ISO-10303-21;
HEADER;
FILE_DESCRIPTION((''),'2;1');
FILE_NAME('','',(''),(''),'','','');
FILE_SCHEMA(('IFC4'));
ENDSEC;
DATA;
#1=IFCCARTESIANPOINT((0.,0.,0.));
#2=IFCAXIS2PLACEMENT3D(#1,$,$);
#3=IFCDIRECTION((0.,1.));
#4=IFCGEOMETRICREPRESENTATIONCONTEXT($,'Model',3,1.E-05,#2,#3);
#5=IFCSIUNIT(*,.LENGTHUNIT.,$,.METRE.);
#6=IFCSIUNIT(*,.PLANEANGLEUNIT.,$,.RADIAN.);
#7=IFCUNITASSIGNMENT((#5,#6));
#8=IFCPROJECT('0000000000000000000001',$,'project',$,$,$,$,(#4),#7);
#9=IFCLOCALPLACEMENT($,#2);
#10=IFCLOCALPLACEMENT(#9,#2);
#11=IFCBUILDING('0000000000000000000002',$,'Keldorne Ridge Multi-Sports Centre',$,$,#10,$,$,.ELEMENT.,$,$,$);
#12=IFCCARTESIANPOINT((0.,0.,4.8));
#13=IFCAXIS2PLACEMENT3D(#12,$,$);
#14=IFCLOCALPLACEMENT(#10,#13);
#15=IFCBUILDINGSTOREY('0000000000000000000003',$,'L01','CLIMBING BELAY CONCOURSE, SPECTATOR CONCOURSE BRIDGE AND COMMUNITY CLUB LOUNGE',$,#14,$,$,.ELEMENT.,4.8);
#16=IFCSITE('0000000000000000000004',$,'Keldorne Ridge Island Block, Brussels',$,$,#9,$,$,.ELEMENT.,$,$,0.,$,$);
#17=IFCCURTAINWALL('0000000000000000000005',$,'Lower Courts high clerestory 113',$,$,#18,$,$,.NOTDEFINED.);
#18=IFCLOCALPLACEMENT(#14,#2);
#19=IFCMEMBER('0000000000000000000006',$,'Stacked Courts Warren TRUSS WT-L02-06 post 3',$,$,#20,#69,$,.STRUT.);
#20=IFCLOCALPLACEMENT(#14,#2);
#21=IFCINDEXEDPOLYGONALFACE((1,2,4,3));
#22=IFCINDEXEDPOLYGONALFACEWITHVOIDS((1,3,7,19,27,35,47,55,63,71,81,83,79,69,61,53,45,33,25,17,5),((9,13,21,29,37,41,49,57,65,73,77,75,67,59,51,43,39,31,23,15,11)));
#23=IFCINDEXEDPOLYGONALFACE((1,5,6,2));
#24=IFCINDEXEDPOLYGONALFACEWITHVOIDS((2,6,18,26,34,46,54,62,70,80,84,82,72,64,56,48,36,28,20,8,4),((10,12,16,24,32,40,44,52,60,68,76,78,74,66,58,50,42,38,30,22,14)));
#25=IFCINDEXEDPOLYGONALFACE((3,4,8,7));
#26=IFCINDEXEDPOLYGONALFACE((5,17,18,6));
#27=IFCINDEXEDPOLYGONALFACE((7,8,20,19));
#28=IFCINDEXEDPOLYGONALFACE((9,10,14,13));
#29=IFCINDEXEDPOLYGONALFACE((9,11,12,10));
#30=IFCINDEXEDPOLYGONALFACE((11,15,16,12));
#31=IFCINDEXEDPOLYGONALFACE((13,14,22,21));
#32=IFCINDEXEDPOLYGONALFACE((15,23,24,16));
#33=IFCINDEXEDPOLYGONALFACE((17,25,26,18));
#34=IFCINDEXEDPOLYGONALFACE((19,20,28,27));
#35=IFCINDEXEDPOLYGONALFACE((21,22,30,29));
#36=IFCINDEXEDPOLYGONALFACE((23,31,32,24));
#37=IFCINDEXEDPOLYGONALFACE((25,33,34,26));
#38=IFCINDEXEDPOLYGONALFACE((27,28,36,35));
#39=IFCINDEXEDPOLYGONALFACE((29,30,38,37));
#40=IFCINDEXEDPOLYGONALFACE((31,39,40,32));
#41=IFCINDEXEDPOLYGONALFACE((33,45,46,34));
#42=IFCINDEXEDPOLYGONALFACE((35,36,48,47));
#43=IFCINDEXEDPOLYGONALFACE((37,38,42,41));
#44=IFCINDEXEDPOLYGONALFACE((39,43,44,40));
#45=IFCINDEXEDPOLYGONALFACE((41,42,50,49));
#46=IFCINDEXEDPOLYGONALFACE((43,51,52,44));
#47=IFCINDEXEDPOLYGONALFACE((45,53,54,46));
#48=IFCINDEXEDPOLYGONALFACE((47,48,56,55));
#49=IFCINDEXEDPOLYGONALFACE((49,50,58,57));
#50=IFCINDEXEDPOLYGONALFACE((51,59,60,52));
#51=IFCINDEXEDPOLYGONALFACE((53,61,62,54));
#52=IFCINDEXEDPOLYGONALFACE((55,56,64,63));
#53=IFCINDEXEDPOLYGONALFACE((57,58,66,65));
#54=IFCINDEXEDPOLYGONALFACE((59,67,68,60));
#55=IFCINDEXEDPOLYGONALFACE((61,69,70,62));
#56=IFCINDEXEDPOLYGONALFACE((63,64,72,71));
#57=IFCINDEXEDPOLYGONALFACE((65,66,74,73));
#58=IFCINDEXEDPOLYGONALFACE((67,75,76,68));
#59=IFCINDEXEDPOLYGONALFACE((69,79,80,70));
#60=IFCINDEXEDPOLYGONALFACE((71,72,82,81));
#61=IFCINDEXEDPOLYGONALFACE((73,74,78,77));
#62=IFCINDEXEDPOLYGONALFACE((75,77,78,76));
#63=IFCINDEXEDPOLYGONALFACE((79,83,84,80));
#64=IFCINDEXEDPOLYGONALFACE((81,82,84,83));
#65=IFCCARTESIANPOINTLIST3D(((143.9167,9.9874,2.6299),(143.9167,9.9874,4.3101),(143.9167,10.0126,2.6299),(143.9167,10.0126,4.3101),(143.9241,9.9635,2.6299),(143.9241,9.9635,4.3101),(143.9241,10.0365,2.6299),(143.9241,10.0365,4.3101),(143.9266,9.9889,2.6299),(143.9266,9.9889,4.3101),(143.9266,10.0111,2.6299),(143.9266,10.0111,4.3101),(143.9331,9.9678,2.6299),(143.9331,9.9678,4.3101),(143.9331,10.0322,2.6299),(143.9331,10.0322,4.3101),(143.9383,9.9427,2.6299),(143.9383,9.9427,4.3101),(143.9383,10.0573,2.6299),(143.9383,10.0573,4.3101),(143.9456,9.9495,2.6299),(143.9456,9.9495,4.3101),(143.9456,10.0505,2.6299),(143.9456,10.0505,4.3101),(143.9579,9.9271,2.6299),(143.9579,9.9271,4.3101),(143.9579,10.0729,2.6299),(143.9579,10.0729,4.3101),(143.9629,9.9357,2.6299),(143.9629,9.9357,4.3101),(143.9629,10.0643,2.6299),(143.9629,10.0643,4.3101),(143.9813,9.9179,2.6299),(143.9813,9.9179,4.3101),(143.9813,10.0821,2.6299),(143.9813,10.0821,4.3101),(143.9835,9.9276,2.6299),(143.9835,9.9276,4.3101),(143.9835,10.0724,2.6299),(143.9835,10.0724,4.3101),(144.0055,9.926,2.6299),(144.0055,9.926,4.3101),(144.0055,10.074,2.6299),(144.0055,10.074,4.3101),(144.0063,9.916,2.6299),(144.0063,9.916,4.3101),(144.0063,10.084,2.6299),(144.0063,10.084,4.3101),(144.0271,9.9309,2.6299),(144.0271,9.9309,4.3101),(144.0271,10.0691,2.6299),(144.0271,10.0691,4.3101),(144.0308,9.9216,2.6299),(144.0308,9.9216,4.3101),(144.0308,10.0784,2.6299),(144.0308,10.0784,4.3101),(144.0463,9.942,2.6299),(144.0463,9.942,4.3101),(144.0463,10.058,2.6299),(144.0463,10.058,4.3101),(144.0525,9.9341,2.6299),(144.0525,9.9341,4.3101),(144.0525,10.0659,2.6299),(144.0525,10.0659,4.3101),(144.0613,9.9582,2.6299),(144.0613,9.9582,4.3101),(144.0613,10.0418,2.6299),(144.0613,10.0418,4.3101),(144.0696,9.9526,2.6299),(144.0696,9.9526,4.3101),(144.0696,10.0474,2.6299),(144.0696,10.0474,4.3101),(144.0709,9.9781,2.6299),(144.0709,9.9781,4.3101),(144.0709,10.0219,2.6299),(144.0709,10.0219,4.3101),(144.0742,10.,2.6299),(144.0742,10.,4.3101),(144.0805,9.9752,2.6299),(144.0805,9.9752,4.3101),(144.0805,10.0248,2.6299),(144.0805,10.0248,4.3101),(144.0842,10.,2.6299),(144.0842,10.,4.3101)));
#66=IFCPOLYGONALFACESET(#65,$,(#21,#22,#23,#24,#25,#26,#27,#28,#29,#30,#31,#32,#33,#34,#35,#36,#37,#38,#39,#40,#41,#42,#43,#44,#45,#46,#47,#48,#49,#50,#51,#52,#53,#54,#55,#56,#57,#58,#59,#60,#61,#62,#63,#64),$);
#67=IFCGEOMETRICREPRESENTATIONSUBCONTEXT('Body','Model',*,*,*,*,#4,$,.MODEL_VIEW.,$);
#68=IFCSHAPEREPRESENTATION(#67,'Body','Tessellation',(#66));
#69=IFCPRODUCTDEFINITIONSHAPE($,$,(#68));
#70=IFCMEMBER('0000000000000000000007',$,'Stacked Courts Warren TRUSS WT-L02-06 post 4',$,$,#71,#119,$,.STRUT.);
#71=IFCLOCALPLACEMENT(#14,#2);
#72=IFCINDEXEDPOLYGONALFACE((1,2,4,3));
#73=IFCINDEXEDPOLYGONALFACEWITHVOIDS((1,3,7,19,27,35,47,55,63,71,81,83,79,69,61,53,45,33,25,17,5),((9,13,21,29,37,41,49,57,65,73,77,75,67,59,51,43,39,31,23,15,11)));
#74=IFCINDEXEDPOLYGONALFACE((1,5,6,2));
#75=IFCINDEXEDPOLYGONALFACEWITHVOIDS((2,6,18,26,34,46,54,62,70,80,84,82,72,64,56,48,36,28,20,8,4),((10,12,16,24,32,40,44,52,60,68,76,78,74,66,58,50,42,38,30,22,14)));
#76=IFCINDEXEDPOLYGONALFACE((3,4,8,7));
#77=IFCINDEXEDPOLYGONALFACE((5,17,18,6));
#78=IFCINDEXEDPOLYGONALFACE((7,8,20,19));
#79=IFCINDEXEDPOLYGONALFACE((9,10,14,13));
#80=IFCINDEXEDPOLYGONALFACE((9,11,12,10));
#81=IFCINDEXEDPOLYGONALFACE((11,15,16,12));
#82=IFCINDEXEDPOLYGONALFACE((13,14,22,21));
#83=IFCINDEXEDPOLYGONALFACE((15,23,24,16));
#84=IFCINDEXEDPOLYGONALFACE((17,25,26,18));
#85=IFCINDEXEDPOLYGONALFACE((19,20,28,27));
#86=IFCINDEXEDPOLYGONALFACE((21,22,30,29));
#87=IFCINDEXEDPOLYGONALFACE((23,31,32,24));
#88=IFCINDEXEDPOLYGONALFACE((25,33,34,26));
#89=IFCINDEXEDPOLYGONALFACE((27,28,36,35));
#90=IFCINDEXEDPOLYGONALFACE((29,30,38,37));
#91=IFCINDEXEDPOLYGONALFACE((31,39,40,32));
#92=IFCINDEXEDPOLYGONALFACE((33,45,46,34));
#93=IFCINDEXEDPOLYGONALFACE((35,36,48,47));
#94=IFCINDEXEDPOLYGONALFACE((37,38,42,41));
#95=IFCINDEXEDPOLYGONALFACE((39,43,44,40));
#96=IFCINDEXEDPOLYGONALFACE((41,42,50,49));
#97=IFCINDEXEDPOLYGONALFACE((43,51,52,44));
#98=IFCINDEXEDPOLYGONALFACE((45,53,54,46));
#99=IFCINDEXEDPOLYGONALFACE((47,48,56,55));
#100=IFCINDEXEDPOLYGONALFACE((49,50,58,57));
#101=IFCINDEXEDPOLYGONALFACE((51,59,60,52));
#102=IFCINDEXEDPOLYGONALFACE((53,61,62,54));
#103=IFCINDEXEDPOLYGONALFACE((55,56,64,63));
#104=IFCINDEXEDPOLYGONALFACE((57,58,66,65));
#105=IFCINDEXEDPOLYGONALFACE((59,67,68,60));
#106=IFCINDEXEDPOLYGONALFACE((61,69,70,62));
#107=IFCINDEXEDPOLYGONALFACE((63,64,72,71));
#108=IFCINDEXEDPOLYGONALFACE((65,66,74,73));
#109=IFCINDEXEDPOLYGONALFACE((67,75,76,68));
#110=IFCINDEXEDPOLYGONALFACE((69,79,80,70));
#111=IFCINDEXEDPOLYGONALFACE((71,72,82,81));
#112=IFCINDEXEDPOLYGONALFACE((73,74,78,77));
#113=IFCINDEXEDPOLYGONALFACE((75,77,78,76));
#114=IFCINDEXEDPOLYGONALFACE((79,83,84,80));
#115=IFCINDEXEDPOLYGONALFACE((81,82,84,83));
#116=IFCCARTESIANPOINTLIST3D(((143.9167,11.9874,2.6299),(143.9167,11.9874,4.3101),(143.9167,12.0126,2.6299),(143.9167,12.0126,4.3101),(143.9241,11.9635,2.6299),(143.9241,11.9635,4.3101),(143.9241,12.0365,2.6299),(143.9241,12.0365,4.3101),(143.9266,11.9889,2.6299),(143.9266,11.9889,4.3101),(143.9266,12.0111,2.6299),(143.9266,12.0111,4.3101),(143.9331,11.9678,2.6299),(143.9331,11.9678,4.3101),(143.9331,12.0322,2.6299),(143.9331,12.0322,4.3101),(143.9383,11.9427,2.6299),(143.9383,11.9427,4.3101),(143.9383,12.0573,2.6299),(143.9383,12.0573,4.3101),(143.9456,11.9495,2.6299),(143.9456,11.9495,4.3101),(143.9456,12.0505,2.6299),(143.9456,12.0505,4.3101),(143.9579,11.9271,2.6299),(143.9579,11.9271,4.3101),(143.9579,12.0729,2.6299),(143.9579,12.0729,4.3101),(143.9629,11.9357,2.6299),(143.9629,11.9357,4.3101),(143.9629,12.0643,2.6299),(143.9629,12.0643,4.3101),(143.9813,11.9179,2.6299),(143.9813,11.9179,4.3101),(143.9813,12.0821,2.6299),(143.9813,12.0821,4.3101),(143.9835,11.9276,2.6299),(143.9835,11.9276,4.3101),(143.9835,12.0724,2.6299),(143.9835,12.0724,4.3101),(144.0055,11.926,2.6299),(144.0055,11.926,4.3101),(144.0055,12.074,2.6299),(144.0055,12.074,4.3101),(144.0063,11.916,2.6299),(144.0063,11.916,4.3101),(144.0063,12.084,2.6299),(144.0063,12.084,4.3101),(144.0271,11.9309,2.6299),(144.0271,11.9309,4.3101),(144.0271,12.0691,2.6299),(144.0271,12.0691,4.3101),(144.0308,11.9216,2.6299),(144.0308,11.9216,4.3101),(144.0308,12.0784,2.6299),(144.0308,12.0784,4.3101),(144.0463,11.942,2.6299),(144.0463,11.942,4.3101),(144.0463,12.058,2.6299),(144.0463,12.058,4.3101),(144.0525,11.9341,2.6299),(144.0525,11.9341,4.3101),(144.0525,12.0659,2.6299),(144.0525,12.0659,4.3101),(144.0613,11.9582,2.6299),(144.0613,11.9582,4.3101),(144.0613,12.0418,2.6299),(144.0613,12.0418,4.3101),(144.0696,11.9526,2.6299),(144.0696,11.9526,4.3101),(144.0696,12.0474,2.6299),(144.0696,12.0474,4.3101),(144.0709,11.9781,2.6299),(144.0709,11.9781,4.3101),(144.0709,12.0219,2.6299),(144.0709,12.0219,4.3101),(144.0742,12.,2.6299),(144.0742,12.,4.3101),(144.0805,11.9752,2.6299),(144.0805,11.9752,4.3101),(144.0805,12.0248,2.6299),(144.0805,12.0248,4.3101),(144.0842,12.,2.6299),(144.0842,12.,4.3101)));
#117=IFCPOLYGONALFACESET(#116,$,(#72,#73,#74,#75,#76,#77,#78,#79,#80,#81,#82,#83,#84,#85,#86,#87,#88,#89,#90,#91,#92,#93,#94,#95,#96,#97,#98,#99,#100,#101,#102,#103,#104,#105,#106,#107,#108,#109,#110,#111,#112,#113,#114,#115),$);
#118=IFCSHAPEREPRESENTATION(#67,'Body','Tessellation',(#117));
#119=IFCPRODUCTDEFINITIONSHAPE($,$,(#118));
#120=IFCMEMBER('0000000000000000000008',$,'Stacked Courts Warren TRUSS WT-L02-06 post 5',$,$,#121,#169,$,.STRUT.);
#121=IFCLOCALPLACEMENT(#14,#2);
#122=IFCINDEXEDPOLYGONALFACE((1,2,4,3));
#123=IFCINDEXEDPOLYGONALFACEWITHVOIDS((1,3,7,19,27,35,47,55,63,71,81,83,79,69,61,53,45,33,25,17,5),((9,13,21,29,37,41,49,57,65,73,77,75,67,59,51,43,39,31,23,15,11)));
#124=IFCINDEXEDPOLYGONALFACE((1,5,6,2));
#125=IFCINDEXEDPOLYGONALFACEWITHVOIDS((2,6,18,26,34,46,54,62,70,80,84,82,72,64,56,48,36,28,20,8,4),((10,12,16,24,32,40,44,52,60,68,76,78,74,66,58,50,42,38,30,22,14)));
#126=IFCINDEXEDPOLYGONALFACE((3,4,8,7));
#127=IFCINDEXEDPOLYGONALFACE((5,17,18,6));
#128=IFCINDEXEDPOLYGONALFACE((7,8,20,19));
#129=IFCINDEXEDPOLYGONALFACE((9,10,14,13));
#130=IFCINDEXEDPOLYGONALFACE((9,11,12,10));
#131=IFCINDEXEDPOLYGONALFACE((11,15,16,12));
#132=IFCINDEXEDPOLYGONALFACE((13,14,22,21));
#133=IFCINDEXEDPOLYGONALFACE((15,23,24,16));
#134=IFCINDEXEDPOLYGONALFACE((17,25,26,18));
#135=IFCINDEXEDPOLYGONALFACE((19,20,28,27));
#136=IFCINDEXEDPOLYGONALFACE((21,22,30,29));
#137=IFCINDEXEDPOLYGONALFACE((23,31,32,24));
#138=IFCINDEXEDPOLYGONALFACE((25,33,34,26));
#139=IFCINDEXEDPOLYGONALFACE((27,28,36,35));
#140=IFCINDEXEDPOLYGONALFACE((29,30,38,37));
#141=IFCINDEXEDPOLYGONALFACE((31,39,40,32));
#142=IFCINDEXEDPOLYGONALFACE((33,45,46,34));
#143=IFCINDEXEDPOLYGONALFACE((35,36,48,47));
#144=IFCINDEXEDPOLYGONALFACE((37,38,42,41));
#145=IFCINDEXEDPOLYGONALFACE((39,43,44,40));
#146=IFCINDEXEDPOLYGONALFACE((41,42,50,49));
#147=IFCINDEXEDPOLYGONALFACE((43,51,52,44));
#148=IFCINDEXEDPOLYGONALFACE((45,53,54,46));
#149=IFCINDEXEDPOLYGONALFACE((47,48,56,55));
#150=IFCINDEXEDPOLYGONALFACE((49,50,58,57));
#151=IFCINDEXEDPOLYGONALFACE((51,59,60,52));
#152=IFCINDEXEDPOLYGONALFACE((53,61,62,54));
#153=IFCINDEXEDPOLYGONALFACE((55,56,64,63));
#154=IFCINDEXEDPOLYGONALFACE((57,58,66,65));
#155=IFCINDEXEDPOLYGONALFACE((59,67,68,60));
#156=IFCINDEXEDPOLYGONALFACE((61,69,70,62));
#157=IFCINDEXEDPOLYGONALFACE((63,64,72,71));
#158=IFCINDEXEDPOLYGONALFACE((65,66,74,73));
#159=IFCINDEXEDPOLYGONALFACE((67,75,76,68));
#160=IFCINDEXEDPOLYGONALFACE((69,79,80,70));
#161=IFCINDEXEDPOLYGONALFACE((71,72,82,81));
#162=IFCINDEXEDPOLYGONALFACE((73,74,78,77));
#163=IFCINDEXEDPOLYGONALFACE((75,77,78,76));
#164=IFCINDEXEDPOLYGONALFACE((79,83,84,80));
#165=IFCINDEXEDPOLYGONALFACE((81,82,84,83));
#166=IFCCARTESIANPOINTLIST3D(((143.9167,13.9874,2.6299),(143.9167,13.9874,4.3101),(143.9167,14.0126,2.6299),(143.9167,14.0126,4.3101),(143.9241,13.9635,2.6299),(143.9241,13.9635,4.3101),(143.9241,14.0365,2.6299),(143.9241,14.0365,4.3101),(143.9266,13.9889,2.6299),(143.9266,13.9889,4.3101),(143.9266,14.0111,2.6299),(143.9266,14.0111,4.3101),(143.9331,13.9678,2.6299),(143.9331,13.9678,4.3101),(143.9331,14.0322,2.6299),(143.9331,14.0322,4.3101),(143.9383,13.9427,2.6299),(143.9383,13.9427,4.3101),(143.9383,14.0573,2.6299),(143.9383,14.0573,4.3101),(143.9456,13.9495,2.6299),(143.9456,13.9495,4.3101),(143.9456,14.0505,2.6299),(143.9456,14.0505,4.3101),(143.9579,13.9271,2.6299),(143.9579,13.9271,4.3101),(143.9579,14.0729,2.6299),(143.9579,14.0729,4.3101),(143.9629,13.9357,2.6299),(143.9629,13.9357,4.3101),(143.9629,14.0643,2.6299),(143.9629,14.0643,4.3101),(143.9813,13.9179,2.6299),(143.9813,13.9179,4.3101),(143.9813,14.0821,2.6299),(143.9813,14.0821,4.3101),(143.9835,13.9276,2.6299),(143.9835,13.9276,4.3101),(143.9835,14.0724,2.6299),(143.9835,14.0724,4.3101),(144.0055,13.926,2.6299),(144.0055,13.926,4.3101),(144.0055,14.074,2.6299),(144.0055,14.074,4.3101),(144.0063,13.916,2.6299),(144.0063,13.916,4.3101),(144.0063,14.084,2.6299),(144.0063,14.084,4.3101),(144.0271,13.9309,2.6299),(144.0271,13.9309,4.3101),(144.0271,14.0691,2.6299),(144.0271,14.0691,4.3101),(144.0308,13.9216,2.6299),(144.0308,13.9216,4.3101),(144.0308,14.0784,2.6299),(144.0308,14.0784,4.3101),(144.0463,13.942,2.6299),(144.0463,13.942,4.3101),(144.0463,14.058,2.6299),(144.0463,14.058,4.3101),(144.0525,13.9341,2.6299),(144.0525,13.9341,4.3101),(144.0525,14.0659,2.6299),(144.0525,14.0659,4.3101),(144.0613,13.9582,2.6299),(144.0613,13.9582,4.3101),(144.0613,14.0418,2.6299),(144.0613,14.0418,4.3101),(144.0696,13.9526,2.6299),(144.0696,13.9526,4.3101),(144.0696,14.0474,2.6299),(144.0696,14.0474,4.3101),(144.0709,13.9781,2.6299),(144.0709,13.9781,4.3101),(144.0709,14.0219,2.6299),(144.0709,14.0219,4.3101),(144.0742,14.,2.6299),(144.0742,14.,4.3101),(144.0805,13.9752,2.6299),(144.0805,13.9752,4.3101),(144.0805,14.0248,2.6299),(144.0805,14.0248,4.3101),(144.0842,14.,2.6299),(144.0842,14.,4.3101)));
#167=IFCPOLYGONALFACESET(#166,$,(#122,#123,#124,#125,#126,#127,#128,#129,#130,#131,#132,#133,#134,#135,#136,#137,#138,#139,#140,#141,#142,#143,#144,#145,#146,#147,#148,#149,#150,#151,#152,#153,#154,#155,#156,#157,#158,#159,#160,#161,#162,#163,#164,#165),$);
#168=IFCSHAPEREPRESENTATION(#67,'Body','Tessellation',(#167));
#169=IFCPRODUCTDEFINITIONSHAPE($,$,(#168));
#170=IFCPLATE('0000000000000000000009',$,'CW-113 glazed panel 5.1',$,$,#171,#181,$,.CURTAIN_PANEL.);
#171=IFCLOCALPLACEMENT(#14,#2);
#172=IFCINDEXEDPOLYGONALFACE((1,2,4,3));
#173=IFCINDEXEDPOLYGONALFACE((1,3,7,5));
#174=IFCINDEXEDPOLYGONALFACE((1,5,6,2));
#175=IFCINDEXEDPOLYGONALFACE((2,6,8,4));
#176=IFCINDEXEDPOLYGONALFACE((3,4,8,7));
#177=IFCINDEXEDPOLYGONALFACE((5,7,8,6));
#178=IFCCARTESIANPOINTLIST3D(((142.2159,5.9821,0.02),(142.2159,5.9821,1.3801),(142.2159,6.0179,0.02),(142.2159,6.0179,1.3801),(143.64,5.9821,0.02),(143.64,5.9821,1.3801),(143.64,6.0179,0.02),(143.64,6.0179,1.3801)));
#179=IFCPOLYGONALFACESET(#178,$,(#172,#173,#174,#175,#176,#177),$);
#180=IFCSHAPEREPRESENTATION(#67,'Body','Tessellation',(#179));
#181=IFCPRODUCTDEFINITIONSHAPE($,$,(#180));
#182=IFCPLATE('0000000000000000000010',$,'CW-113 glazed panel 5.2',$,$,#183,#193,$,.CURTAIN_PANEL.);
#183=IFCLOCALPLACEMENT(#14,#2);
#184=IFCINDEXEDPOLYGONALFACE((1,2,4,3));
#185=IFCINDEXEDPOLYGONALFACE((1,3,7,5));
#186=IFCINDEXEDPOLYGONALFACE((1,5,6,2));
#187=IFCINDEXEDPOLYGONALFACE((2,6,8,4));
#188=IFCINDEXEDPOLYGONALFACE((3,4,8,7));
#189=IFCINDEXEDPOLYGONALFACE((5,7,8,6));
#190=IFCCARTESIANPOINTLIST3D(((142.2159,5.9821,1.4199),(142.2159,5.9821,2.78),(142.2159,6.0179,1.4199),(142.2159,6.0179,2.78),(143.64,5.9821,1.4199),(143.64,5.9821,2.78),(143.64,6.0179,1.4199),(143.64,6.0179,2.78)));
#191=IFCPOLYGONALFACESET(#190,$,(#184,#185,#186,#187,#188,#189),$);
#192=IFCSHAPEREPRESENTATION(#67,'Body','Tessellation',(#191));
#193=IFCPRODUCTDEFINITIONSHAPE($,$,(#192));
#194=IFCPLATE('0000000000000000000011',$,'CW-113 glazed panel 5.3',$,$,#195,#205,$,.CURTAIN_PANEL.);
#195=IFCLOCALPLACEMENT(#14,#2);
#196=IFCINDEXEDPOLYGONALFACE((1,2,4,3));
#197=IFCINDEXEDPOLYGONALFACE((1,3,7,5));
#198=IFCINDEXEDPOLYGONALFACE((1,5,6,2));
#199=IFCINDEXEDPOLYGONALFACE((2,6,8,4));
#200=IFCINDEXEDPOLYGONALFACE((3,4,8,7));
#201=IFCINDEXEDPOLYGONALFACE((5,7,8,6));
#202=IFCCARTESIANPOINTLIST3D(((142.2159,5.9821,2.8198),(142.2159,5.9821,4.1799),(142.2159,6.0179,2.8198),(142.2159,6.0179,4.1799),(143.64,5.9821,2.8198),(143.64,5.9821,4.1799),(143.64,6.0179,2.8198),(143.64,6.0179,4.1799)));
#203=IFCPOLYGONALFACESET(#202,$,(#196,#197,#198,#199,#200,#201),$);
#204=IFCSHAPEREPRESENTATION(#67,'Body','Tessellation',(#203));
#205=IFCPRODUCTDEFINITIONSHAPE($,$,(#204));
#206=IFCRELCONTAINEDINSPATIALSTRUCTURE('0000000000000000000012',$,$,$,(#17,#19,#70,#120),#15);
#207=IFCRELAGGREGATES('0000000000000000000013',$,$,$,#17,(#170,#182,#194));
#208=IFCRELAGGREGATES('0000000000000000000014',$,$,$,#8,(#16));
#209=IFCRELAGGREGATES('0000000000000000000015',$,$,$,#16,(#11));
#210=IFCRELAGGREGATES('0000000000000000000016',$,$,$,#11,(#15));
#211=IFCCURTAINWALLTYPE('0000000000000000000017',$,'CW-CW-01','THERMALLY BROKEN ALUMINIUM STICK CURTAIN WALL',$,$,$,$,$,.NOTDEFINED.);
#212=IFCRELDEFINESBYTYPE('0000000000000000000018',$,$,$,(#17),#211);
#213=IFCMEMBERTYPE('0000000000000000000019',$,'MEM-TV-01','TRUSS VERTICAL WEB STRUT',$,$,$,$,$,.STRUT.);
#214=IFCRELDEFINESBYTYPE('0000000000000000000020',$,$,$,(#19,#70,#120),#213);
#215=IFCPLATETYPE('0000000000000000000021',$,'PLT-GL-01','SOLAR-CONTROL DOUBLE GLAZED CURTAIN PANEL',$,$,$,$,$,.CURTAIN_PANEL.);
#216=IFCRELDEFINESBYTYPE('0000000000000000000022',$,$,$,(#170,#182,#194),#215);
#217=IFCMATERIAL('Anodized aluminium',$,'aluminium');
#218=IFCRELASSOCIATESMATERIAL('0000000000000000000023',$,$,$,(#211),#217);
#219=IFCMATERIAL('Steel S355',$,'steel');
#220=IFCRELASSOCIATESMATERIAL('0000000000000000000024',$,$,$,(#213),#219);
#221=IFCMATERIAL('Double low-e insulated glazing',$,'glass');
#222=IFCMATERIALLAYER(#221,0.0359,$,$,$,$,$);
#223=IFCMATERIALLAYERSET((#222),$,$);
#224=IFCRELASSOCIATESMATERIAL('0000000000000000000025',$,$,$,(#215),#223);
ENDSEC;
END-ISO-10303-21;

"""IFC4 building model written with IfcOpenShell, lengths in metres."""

from ifc_helpers import new_model, si_unit, direction, frame, origin, origin_2d, place, context, subcontext, project, spatial, rectangle, hollow_circle, extrude, material, layer, layer_set, material_profile, profile_set, type_object, element, aggregate, save


model = new_model("IFC4")

# Units and contexts
model_context = context("Model", 3, precision=1e-05, world=origin(), true_north=direction((0.0, 1.0)))
body_context = subcontext(model_context, "Body", "Model", "MODEL_VIEW")
ifc_project = project(units=[si_unit("LENGTHUNIT", "METRE"), si_unit("PLANEANGLEUNIT", "RADIAN")], contexts=[model_context])

# Site, building, storey
site_placement = place(None, origin())
site = spatial("IfcSite", under=ifc_project, at=site_placement, Name="Keldorne Ridge Island Block, Brussels", CompositionType="ELEMENT", RefElevation=0.0)
building_placement = place(site_placement, origin())
building = spatial("IfcBuilding", under=site, at=building_placement, Name="Keldorne Ridge Multi-Sports Centre", CompositionType="ELEMENT")
storey_placement = place(building_placement, frame((0.0, 0.0, 4.8)))
storey = spatial("IfcBuildingStorey", under=building, at=storey_placement, Name="L01", Description="CLIMBING BELAY CONCOURSE, SPECTATOR CONCOURSE BRIDGE AND COMMUNITY CLUB LOUNGE", CompositionType="ELEMENT", Elevation=4.8)

# Shared definitions
ifc_material_1 = material(Name="Steel S355", Category="steel")

# Curtain wall
ifc_material_2 = material(Name="Anodized aluminium", Category="aluminium")
curtain_wall_type = type_object("IfcCurtainWallType", Name="CW-CW-01", Description="THERMALLY BROKEN ALUMINIUM STICK CURTAIN WALL", PredefinedType="NOTDEFINED", material=ifc_material_2)
curtain_wall_placement = place(storey_placement, origin())
curtain_wall = element("IfcCurtainWall", 1, at=curtain_wall_placement, inside=storey, type_object=curtain_wall_type, Name="Lower Courts high clerestory 113", PredefinedType="NOTDEFINED")

# Members
ifc_material_profile_1 = material_profile(ifc_material_1, hollow_circle(Radius=0.0842, WallThickness=0.01, at=origin_2d()), Name="CHS 168.3x10")
ifc_profile_set_1 = profile_set([ifc_material_profile_1], Name="Steel S355")
member_type_1 = type_object("IfcMemberType", Name="MEM-TV-01", Description="TRUSS VERTICAL WEB STRUT", PredefinedType="STRUT", material=ifc_profile_set_1)
for number, where, z_axis, x_axis, name in (
    (2, (144.0, 10.0, 2.6299), (0.0, 0.0, 1.0), (1.0, 0.0, 0.0), "Stacked Courts Warren TRUSS WT-L02-06 post 3"),
    (3, (144.0, 12.0, 2.6299), (0.0, 0.0, 1.0), (1.0, 0.0, 0.0), "Stacked Courts Warren TRUSS WT-L02-06 post 4"),
    (4, (144.0, 14.0, 2.6299), (0.0, 0.0, 1.0), (1.0, 0.0, 0.0), "Stacked Courts Warren TRUSS WT-L02-06 post 5"),
):
    element("IfcMember", number, at=place(storey_placement, frame(where, z_axis=z_axis, x_axis=x_axis)), inside=storey, type_object=member_type_1, Name=name, PredefinedType="STRUT", context=body_context, shape_type="SweptSolid", body=[
        extrude(hollow_circle(Radius=0.0842, WallThickness=0.01, at=origin_2d()), origin(), (0.0, 0.0, 1.0), 1.6802),
    ])

# Plates
ifc_material_3 = material(Name="Double low-e insulated glazing", Category="glass")
ifc_layer = layer(ifc_material_3, 0.0359)
ifc_layer_set = layer_set([ifc_layer])
plate_type = type_object("IfcPlateType", Name="PLT-GL-01", Description="SOLAR-CONTROL DOUBLE GLAZED CURTAIN PANEL", PredefinedType="CURTAIN_PANEL", material=ifc_layer_set)
plate_1_placement = place(storey_placement, frame((142.928, 6.0, 0.02), z_axis=(0.0, 0.0, 1.0), x_axis=(1.0, 0.0, 0.0)))
plate_1 = element("IfcPlate", 5, at=plate_1_placement, type_object=plate_type, Name="CW-113 glazed panel 5.1", PredefinedType="CURTAIN_PANEL", context=body_context, shape_type="SweptSolid", body=[
    extrude(rectangle(XDim=1.4241, YDim=0.0359, at=origin_2d()), origin(), (0.0, 0.0, 1.0), 1.3601),
])
plate_2_placement = place(storey_placement, frame((142.928, 6.0, 1.4199), z_axis=(0.0, 0.0, 1.0), x_axis=(1.0, 0.0, 0.0)))
plate_2 = element("IfcPlate", 6, at=plate_2_placement, type_object=plate_type, Name="CW-113 glazed panel 5.2", PredefinedType="CURTAIN_PANEL", context=body_context, shape_type="SweptSolid", body=[
    extrude(rectangle(XDim=1.4241, YDim=0.0359, at=origin_2d()), origin(), (0.0, 0.0, 1.0), 1.3601),
])
plate_3_placement = place(storey_placement, frame((142.928, 6.0, 2.8198), z_axis=(0.0, 0.0, 1.0), x_axis=(1.0, 0.0, 0.0)))
plate_3 = element("IfcPlate", 7, at=plate_3_placement, type_object=plate_type, Name="CW-113 glazed panel 5.3", PredefinedType="CURTAIN_PANEL", context=body_context, shape_type="SweptSolid", body=[
    extrude(rectangle(XDim=1.4241, YDim=0.0359, at=origin_2d()), origin(), (0.0, 0.0, 1.0), 1.3601),
])
aggregate(curtain_wall, [plate_1, plate_2, plate_3])

save(model, "model.ifc")
